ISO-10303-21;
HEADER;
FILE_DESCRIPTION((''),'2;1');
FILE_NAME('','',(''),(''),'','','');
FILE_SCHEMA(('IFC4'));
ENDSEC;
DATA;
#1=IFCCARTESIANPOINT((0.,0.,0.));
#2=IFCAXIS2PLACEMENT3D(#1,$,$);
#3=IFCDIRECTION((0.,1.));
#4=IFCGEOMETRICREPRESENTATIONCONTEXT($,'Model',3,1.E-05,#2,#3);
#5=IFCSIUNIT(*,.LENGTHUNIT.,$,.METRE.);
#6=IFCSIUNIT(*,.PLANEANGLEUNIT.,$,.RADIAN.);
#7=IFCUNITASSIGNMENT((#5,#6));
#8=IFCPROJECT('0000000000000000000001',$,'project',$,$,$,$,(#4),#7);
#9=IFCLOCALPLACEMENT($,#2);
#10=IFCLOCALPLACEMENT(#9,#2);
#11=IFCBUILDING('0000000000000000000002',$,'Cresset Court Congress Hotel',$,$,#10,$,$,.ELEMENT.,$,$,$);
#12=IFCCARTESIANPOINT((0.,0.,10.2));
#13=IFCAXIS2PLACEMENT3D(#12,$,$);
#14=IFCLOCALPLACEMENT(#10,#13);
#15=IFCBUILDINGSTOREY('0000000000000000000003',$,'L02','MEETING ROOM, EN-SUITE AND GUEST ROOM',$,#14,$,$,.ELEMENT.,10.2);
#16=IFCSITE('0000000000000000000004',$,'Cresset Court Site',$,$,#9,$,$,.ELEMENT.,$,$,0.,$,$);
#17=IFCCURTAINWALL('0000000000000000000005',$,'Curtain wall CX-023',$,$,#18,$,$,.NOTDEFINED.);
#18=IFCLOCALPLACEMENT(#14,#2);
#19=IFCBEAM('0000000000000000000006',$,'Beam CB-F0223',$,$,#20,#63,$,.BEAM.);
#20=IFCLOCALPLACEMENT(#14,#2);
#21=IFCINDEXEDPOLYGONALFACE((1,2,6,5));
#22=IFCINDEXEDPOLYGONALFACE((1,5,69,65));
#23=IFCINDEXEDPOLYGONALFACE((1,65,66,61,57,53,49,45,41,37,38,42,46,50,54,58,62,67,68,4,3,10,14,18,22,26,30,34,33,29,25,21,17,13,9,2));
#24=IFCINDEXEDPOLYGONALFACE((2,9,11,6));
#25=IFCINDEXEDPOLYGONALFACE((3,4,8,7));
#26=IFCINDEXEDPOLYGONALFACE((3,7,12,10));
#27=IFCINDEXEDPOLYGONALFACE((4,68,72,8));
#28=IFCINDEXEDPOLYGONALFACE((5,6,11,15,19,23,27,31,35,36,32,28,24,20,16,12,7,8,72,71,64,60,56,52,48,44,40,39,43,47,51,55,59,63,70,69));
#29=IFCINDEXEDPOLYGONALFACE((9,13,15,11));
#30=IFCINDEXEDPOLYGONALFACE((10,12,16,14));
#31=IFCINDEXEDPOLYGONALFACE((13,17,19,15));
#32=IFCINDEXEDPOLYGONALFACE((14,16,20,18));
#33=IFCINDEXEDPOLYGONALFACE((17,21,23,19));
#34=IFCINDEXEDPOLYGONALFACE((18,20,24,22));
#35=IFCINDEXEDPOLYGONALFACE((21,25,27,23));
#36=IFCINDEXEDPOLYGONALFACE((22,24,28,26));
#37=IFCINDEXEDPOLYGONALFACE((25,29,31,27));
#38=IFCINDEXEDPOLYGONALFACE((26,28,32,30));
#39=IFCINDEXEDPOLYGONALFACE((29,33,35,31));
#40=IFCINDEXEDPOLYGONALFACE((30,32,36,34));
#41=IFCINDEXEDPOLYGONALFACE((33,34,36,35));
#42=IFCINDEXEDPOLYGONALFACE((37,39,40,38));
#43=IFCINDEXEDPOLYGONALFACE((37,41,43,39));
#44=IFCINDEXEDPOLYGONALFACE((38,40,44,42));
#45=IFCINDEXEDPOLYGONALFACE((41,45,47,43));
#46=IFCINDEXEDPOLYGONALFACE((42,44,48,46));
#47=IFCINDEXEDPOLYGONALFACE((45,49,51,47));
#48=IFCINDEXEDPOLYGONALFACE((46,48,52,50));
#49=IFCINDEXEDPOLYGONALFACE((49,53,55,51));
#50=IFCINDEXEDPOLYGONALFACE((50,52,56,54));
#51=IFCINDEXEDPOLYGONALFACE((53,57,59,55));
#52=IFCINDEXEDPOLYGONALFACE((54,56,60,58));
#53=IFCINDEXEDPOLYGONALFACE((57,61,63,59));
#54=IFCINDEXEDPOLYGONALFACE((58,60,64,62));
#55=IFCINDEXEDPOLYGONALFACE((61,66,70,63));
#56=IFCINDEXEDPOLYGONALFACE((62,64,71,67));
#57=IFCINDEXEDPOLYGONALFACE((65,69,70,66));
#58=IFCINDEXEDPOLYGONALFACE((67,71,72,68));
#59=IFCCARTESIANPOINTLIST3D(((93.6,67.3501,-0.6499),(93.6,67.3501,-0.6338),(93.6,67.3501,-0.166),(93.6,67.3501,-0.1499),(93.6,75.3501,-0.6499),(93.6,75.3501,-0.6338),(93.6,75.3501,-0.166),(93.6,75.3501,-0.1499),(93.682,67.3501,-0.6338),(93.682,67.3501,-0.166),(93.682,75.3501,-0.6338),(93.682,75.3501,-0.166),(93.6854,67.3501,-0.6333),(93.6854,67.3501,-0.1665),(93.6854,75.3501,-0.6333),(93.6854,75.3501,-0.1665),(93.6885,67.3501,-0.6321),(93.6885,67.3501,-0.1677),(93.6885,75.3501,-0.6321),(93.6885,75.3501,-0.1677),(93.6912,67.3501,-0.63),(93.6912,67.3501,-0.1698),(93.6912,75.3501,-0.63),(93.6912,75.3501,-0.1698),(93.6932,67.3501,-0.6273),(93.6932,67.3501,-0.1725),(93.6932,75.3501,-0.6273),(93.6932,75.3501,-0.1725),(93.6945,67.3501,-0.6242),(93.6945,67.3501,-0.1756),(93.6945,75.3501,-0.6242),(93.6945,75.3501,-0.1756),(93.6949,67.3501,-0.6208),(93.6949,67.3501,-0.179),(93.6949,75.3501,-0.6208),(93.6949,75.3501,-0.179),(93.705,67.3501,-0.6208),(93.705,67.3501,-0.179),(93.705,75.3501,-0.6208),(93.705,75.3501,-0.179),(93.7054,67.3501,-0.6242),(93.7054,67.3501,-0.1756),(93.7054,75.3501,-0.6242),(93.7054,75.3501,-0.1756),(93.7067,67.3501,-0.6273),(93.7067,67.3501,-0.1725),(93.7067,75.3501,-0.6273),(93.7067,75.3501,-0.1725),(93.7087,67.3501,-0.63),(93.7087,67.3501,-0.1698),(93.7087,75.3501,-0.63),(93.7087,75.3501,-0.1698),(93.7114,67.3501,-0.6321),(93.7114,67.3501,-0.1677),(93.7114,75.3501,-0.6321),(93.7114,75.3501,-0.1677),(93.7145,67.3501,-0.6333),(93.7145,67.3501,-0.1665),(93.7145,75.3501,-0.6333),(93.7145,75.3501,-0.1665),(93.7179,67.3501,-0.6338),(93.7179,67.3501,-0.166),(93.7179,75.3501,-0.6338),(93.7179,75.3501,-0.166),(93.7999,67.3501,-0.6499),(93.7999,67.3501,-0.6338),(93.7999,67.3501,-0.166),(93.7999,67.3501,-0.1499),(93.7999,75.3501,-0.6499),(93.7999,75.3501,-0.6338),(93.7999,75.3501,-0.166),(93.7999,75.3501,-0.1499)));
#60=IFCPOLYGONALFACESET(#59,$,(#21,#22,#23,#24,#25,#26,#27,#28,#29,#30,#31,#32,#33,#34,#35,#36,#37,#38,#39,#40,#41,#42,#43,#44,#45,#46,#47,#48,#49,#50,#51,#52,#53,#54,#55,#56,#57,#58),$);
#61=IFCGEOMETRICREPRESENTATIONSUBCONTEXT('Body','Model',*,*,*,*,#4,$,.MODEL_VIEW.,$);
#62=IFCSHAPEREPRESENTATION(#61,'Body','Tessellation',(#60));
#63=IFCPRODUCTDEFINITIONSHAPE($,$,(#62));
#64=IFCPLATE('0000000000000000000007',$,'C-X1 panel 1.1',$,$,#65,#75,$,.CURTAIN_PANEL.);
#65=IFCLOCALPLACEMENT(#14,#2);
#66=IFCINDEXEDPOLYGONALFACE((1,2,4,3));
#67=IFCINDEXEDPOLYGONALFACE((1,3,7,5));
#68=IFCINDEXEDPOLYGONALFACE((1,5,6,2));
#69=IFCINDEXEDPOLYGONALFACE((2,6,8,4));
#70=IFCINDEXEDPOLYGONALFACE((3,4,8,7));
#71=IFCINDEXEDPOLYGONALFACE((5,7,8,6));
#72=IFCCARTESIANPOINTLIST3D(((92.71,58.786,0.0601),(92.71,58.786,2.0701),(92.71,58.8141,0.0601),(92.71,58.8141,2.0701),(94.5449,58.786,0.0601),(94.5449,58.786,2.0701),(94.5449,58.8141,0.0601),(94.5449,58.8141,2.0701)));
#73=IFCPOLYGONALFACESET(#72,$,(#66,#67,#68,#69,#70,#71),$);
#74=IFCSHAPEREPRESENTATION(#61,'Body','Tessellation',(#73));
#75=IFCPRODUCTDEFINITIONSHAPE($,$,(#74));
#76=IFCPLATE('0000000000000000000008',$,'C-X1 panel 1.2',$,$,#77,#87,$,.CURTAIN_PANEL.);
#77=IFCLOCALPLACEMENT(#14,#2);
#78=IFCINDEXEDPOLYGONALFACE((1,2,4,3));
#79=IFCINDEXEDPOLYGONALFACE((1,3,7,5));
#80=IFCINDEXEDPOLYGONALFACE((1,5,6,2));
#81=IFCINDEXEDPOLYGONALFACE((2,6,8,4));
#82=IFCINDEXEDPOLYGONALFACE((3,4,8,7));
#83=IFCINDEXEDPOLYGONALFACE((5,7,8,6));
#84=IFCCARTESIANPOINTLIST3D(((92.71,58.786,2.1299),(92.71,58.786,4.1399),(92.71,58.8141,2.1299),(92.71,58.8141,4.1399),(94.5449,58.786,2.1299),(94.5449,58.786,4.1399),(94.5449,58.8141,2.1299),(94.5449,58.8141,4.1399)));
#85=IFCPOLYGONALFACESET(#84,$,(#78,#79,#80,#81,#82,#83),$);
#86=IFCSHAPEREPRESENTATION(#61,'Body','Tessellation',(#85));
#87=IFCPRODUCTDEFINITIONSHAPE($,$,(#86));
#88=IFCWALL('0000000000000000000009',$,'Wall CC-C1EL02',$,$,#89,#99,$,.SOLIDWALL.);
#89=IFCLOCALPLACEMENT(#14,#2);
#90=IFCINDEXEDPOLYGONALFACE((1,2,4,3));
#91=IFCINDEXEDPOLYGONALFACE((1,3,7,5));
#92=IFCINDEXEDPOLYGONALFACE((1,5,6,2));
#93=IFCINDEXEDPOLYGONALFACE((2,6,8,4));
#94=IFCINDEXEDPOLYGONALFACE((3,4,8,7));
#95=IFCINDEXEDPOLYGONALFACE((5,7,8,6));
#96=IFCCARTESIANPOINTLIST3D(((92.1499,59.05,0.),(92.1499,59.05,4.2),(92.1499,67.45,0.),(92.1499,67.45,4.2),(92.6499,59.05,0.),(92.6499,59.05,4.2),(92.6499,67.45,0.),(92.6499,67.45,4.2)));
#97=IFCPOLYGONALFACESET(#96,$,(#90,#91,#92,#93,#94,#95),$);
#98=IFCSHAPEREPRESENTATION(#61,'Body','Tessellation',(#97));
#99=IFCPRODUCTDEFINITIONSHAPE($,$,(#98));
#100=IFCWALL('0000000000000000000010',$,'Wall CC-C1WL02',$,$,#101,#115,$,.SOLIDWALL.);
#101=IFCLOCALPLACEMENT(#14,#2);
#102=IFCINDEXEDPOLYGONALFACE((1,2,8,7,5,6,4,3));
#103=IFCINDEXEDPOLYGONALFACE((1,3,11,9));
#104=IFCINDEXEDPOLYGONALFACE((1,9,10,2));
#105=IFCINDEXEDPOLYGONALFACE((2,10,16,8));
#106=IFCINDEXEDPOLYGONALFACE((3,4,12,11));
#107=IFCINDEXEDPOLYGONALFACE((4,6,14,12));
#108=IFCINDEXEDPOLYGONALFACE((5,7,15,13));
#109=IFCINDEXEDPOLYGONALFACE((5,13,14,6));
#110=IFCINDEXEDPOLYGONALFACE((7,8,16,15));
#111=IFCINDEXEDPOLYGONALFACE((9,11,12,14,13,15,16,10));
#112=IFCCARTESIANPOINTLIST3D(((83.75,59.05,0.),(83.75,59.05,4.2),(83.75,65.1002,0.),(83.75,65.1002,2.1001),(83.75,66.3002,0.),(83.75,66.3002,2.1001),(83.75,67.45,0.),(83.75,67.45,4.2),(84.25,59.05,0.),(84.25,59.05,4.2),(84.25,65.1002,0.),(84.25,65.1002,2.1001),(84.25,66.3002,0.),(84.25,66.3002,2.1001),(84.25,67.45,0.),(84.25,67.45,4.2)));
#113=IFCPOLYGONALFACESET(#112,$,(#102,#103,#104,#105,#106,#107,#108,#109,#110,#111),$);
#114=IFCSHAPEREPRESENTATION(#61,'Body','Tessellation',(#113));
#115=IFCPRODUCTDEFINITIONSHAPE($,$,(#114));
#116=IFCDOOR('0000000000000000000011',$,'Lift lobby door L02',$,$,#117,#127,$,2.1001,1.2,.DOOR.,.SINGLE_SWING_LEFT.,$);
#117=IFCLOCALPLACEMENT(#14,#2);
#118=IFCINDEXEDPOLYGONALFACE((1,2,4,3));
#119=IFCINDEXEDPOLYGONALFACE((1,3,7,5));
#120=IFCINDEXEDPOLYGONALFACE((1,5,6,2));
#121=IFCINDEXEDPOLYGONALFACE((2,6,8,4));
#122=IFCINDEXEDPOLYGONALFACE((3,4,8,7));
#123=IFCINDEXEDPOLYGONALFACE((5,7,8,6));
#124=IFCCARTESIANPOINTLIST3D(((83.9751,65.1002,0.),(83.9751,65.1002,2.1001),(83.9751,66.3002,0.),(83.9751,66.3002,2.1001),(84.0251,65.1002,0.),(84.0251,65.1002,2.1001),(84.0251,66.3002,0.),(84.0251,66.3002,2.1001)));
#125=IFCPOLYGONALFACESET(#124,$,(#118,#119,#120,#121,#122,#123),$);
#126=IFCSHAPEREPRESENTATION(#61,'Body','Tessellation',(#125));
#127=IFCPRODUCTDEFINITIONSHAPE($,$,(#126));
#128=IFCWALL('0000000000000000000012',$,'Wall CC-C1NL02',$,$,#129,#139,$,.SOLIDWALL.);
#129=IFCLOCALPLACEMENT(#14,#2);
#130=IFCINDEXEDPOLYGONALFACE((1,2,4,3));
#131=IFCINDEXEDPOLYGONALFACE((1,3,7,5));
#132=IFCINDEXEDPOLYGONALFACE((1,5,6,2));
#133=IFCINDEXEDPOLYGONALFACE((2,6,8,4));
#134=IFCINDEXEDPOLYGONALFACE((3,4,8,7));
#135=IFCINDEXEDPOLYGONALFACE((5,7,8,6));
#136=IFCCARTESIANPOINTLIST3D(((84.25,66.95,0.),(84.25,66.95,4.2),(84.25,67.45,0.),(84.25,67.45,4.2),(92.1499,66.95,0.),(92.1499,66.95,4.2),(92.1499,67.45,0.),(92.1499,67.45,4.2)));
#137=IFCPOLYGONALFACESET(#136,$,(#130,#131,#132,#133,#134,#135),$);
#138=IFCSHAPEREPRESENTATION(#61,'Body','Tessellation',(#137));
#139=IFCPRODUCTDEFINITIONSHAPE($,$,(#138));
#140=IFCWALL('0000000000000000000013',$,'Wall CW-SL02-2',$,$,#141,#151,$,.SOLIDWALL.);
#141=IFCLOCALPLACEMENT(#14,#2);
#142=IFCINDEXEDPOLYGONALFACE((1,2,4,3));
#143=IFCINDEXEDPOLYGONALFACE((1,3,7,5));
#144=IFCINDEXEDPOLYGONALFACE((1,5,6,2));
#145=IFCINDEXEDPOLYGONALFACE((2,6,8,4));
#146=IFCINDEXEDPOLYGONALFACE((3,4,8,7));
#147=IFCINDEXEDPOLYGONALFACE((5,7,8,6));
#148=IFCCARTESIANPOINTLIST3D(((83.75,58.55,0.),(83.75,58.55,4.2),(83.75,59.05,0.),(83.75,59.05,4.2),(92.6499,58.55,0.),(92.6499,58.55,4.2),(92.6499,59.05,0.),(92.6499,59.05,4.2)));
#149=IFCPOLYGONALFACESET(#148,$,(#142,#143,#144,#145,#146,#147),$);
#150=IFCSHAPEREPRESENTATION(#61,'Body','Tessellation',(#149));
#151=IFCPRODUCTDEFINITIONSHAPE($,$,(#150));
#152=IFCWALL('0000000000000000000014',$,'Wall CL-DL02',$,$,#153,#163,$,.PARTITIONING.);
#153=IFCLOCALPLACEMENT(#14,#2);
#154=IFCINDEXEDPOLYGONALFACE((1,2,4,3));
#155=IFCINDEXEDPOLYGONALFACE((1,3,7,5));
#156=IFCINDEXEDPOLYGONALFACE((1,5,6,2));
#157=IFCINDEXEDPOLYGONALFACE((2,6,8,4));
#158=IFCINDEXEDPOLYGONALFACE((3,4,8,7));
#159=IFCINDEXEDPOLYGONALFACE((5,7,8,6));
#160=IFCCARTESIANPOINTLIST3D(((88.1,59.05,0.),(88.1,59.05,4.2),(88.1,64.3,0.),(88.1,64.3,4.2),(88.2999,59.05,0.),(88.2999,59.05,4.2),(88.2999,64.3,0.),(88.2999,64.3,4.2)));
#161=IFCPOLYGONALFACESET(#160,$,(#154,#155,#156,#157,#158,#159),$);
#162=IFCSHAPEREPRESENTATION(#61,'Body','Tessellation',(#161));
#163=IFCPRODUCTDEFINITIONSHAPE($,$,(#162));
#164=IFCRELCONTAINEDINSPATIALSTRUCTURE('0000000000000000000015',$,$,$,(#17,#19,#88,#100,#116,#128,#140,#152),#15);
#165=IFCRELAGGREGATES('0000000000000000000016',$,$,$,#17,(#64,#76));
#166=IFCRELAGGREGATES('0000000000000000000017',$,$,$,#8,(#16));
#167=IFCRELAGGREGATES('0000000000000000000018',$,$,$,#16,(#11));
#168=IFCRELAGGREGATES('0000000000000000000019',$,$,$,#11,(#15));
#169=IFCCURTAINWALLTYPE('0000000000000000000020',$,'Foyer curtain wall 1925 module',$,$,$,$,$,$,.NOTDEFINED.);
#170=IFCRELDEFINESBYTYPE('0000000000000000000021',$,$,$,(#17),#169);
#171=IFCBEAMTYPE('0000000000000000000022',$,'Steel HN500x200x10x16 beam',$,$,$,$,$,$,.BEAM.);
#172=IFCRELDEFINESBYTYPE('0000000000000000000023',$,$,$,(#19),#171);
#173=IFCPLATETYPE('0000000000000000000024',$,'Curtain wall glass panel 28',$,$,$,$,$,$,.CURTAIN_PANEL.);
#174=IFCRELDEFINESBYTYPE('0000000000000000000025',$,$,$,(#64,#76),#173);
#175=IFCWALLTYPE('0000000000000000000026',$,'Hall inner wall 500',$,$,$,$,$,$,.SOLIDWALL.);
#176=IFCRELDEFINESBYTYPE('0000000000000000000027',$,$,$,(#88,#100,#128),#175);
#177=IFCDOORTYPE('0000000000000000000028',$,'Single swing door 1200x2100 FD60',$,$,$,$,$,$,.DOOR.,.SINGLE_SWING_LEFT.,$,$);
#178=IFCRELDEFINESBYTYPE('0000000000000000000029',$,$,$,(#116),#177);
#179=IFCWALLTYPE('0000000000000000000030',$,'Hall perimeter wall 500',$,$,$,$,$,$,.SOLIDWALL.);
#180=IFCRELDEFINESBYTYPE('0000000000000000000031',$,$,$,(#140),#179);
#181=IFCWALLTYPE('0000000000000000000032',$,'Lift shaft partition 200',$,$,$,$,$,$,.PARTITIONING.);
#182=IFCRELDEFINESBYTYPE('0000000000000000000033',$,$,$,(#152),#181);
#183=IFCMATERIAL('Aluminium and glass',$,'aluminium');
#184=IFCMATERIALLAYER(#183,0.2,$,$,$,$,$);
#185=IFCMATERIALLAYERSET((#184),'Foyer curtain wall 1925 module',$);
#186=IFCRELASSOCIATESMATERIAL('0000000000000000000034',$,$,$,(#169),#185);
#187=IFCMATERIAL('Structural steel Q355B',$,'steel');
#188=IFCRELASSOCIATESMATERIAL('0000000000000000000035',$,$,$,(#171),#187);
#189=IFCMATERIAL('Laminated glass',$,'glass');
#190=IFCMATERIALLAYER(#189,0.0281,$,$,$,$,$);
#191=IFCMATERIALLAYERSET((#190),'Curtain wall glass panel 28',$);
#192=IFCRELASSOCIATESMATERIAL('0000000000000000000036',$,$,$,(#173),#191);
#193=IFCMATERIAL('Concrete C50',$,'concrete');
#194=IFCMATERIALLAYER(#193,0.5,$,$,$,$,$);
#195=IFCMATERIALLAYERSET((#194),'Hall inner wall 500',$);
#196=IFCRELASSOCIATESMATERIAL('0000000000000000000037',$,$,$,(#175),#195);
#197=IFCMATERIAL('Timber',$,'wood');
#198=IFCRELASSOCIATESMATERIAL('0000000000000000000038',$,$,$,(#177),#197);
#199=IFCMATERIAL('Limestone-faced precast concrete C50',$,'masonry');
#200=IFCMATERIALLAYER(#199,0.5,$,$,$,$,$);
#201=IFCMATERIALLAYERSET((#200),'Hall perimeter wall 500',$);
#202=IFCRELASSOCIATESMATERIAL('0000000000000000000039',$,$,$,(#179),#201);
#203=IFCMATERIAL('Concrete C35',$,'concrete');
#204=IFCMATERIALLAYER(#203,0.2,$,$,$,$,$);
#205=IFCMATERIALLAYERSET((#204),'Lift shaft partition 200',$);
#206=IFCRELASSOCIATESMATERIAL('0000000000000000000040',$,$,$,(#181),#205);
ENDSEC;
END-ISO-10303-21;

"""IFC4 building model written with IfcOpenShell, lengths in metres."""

from ifc_helpers import new_model, si_unit, direction, frame, frame_2d, origin, origin_2d, place, context, subcontext, project, spatial, rectangle, i_section, extrude, material, layer, layer_set, material_profile, profile_set, type_object, element, fill, aggregate, save


model = new_model("IFC4")

# Units and contexts
model_context = context("Model", 3, precision=1e-05, world=origin(), true_north=direction((0.0, 1.0)))
body_context = subcontext(model_context, "Body", "Model", "MODEL_VIEW")
ifc_project = project(units=[si_unit("LENGTHUNIT", "METRE"), si_unit("PLANEANGLEUNIT", "RADIAN")], contexts=[model_context])

# Site, building, storey
site_placement = place(None, origin())
site = spatial("IfcSite", under=ifc_project, at=site_placement, Name="Cresset Court Site", CompositionType="ELEMENT", RefElevation=0.0)
building_placement = place(site_placement, origin())
building = spatial("IfcBuilding", under=site, at=building_placement, Name="Cresset Court Congress Hotel", CompositionType="ELEMENT")
storey_placement = place(building_placement, frame((0.0, 0.0, 10.2)))
storey = spatial("IfcBuildingStorey", under=building, at=storey_placement, Name="L02", Description="MEETING ROOM, EN-SUITE AND GUEST ROOM", CompositionType="ELEMENT", Elevation=10.2)

# Shared definitions
ifc_material_1 = material(Name="Aluminium and glass", Category="aluminium")
ifc_layer_1 = layer(ifc_material_1, 0.2)
ifc_layer_set_1 = layer_set([ifc_layer_1], Name="Foyer curtain wall 1925 module")
curtain_wall_type = type_object("IfcCurtainWallType", Name="Foyer curtain wall 1925 module", PredefinedType="NOTDEFINED", material=ifc_layer_set_1)

# Curtain wall
curtain_wall_1_placement = place(storey_placement, origin())
curtain_wall_1 = element("IfcCurtainWall", 1, at=curtain_wall_1_placement, inside=storey, type_object=curtain_wall_type, Name="Curtain wall CX-023", PredefinedType="NOTDEFINED")

# Beam
ifc_material_2 = material(Name="Structural steel Q355B", Category="steel")
ifc_material_profile_1 = material_profile(ifc_material_2, i_section(OverallWidth=0.2, OverallDepth=0.5, WebThickness=0.01, FlangeThickness=0.0161, FilletRadius=0.0129, at=origin_2d()), Name="HN500x200x10x16")
ifc_profile_set_1 = profile_set([ifc_material_profile_1], Name="Structural steel Q355B")
beam_type_1 = type_object("IfcBeamType", Name="Steel HN500x200x10x16 beam", PredefinedType="BEAM", material=ifc_profile_set_1)
beam_1_placement = place(storey_placement, frame((93.7, 67.3501, -0.3999), z_axis=(0.0, 1.0, 0.0), x_axis=(-1.0, 0.0, 0.0)))
element("IfcBeam", 2, at=beam_1_placement, inside=storey, type_object=beam_type_1, Name="Beam CB-F0223", PredefinedType="BEAM", context=body_context, shape_type="SweptSolid", body=[
    extrude(i_section(OverallWidth=0.2, OverallDepth=0.5, WebThickness=0.01, FlangeThickness=0.0161, FilletRadius=0.0129, at=origin_2d()), origin(), (0.0, 0.0, 1.0), 8.0),
])

# Plates
ifc_material_3 = material(Name="Laminated glass", Category="glass")
ifc_layer_2 = layer(ifc_material_3, 0.0281)
ifc_layer_set_2 = layer_set([ifc_layer_2], Name="Curtain wall glass panel 28")
plate_type = type_object("IfcPlateType", Name="Curtain wall glass panel 28", PredefinedType="CURTAIN_PANEL", material=ifc_layer_set_2)
plate_1_placement = place(storey_placement, frame((93.6274, 58.8, 0.0601), z_axis=(0.0, 0.0, 1.0), x_axis=(1.0, 0.0, 0.0)))
plate_1 = element("IfcPlate", 3, at=plate_1_placement, type_object=plate_type, Name="C-X1 panel 1.1", PredefinedType="CURTAIN_PANEL", context=body_context, shape_type="SweptSolid", body=[
    extrude(rectangle(XDim=1.835, YDim=0.0281, at=origin_2d()), origin(), (0.0, 0.0, 1.0), 2.01),
])
plate_2_placement = place(storey_placement, frame((93.6274, 58.8, 2.1299), z_axis=(0.0, 0.0, 1.0), x_axis=(1.0, 0.0, 0.0)))
plate_2 = element("IfcPlate", 4, at=plate_2_placement, type_object=plate_type, Name="C-X1 panel 1.2", PredefinedType="CURTAIN_PANEL", context=body_context, shape_type="SweptSolid", body=[
    extrude(rectangle(XDim=1.835, YDim=0.0281, at=origin_2d()), origin(), (0.0, 0.0, 1.0), 2.01),
])
aggregate(curtain_wall_1, [plate_1, plate_2])

# Wall
ifc_material_4 = material(Name="Concrete C50", Category="concrete")
ifc_layer_3 = layer(ifc_material_4, 0.5)
ifc_layer_set_3 = layer_set([ifc_layer_3], Name="Hall inner wall 500")
wall_type_1 = type_object("IfcWallType", Name="Hall inner wall 500", PredefinedType="SOLIDWALL", material=ifc_layer_set_3)
wall_1_placement = place(storey_placement, frame((92.3999, 59.05, 0.0), z_axis=(0.0, 0.0, 1.0), x_axis=(0.0, 1.0, 0.0)))
element("IfcWall", 5, at=wall_1_placement, inside=storey, type_object=wall_type_1, Name="Wall CC-C1EL02", PredefinedType="SOLIDWALL", context=body_context, shape_type="SweptSolid", body=[
    extrude(rectangle(XDim=8.3999, YDim=0.5, at=frame_2d((4.2, 0.0))), origin(), (0.0, 0.0, 1.0), 4.2),
])

# Wall, opening, door
wall_2_placement = place(storey_placement, frame((84.0, 59.05, 0.0), z_axis=(0.0, 0.0, 1.0), x_axis=(0.0, 1.0, 0.0)))
wall_2 = element("IfcWall", 6, at=wall_2_placement, inside=storey, type_object=wall_type_1, Name="Wall CC-C1WL02", PredefinedType="SOLIDWALL", context=body_context, shape_type="SweptSolid", body=[
    extrude(rectangle(XDim=8.3999, YDim=0.5, at=frame_2d((4.2, 0.0))), origin(), (0.0, 0.0, 1.0), 4.2),
])
opening_1_placement = place(wall_2_placement, frame((6.05, 0.0, 0.0)))
opening_1 = element("IfcOpeningElement", 7, at=opening_1_placement, cuts=wall_2, PredefinedType="OPENING", context=body_context, shape_type="SweptSolid", body=[
    extrude(rectangle(XDim=1.2, YDim=2.1001, at=frame_2d((0.6001, 1.05))), frame((0.0, 0.26, 0.0), z_axis=(0.0, -1.0, 0.0), x_axis=(1.0, 0.0, 0.0)), (0.0, 0.0, 1.0), 0.52),
])
ifc_material_5 = material(Name="Timber", Category="wood")
door_type_1 = type_object("IfcDoorType", Name="Single swing door 1200x2100 FD60", OperationType="SINGLE_SWING_LEFT", PredefinedType="DOOR", material=ifc_material_5)
door_1_placement = place(opening_1_placement, origin())
door_1 = element("IfcDoor", 8, at=door_1_placement, inside=storey, type_object=door_type_1, Name="Lift lobby door L02", OperationType="SINGLE_SWING_LEFT", OverallHeight=2.1001, OverallWidth=1.2, PredefinedType="DOOR", context=body_context, shape_type="SweptSolid", body=[
    extrude(rectangle(XDim=1.2, YDim=2.1001, at=frame_2d((0.6001, 1.05))), frame((0.0, 0.0249, 0.0), z_axis=(0.0, -1.0, 0.0), x_axis=(1.0, 0.0, 0.0)), (0.0, 0.0, 1.0), 0.05),
])
fill(opening_1, door_1)

# Walls
wall_3_placement = place(storey_placement, frame((84.25, 67.2, 0.0), z_axis=(0.0, 0.0, 1.0), x_axis=(1.0, 0.0, 0.0)))
element("IfcWall", 9, at=wall_3_placement, inside=storey, type_object=wall_type_1, Name="Wall CC-C1NL02", PredefinedType="SOLIDWALL", context=body_context, shape_type="SweptSolid", body=[
    extrude(rectangle(XDim=7.8999, YDim=0.5, at=frame_2d((3.95, 0.0))), origin(), (0.0, 0.0, 1.0), 4.2),
])
ifc_material_6 = material(Name="Limestone-faced precast concrete C50", Category="masonry")
ifc_layer_4 = layer(ifc_material_6, 0.5)
ifc_layer_set_4 = layer_set([ifc_layer_4], Name="Hall perimeter wall 500")
wall_type_2 = type_object("IfcWallType", Name="Hall perimeter wall 500", PredefinedType="SOLIDWALL", material=ifc_layer_set_4)
wall_4_placement = place(storey_placement, frame((92.6499, 58.8, 0.0), z_axis=(0.0, 0.0, 1.0), x_axis=(-1.0, 0.0, 0.0)))
element("IfcWall", 10, at=wall_4_placement, inside=storey, type_object=wall_type_2, Name="Wall CW-SL02-2", PredefinedType="SOLIDWALL", context=body_context, shape_type="SweptSolid", body=[
    extrude(rectangle(XDim=8.8999, YDim=0.5, at=frame_2d((4.45, 0.0))), origin(), (0.0, 0.0, 1.0), 4.2),
])
ifc_material_7 = material(Name="Concrete C35", Category="concrete")
ifc_layer_5 = layer(ifc_material_7, 0.2)
ifc_layer_set_5 = layer_set([ifc_layer_5], Name="Lift shaft partition 200")
wall_type_3 = type_object("IfcWallType", Name="Lift shaft partition 200", PredefinedType="PARTITIONING", material=ifc_layer_set_5)
wall_5_placement = place(storey_placement, frame((88.2, 59.05, 0.0), z_axis=(0.0, 0.0, 1.0), x_axis=(0.0, 1.0, 0.0)))
element("IfcWall", 11, at=wall_5_placement, inside=storey, type_object=wall_type_3, Name="Wall CL-DL02", PredefinedType="PARTITIONING", context=body_context, shape_type="SweptSolid", body=[
    extrude(rectangle(XDim=5.25, YDim=0.2, at=frame_2d((2.625, 0.0))), origin(), (0.0, 0.0, 1.0), 4.2),
])

save(model, "model.ifc")
